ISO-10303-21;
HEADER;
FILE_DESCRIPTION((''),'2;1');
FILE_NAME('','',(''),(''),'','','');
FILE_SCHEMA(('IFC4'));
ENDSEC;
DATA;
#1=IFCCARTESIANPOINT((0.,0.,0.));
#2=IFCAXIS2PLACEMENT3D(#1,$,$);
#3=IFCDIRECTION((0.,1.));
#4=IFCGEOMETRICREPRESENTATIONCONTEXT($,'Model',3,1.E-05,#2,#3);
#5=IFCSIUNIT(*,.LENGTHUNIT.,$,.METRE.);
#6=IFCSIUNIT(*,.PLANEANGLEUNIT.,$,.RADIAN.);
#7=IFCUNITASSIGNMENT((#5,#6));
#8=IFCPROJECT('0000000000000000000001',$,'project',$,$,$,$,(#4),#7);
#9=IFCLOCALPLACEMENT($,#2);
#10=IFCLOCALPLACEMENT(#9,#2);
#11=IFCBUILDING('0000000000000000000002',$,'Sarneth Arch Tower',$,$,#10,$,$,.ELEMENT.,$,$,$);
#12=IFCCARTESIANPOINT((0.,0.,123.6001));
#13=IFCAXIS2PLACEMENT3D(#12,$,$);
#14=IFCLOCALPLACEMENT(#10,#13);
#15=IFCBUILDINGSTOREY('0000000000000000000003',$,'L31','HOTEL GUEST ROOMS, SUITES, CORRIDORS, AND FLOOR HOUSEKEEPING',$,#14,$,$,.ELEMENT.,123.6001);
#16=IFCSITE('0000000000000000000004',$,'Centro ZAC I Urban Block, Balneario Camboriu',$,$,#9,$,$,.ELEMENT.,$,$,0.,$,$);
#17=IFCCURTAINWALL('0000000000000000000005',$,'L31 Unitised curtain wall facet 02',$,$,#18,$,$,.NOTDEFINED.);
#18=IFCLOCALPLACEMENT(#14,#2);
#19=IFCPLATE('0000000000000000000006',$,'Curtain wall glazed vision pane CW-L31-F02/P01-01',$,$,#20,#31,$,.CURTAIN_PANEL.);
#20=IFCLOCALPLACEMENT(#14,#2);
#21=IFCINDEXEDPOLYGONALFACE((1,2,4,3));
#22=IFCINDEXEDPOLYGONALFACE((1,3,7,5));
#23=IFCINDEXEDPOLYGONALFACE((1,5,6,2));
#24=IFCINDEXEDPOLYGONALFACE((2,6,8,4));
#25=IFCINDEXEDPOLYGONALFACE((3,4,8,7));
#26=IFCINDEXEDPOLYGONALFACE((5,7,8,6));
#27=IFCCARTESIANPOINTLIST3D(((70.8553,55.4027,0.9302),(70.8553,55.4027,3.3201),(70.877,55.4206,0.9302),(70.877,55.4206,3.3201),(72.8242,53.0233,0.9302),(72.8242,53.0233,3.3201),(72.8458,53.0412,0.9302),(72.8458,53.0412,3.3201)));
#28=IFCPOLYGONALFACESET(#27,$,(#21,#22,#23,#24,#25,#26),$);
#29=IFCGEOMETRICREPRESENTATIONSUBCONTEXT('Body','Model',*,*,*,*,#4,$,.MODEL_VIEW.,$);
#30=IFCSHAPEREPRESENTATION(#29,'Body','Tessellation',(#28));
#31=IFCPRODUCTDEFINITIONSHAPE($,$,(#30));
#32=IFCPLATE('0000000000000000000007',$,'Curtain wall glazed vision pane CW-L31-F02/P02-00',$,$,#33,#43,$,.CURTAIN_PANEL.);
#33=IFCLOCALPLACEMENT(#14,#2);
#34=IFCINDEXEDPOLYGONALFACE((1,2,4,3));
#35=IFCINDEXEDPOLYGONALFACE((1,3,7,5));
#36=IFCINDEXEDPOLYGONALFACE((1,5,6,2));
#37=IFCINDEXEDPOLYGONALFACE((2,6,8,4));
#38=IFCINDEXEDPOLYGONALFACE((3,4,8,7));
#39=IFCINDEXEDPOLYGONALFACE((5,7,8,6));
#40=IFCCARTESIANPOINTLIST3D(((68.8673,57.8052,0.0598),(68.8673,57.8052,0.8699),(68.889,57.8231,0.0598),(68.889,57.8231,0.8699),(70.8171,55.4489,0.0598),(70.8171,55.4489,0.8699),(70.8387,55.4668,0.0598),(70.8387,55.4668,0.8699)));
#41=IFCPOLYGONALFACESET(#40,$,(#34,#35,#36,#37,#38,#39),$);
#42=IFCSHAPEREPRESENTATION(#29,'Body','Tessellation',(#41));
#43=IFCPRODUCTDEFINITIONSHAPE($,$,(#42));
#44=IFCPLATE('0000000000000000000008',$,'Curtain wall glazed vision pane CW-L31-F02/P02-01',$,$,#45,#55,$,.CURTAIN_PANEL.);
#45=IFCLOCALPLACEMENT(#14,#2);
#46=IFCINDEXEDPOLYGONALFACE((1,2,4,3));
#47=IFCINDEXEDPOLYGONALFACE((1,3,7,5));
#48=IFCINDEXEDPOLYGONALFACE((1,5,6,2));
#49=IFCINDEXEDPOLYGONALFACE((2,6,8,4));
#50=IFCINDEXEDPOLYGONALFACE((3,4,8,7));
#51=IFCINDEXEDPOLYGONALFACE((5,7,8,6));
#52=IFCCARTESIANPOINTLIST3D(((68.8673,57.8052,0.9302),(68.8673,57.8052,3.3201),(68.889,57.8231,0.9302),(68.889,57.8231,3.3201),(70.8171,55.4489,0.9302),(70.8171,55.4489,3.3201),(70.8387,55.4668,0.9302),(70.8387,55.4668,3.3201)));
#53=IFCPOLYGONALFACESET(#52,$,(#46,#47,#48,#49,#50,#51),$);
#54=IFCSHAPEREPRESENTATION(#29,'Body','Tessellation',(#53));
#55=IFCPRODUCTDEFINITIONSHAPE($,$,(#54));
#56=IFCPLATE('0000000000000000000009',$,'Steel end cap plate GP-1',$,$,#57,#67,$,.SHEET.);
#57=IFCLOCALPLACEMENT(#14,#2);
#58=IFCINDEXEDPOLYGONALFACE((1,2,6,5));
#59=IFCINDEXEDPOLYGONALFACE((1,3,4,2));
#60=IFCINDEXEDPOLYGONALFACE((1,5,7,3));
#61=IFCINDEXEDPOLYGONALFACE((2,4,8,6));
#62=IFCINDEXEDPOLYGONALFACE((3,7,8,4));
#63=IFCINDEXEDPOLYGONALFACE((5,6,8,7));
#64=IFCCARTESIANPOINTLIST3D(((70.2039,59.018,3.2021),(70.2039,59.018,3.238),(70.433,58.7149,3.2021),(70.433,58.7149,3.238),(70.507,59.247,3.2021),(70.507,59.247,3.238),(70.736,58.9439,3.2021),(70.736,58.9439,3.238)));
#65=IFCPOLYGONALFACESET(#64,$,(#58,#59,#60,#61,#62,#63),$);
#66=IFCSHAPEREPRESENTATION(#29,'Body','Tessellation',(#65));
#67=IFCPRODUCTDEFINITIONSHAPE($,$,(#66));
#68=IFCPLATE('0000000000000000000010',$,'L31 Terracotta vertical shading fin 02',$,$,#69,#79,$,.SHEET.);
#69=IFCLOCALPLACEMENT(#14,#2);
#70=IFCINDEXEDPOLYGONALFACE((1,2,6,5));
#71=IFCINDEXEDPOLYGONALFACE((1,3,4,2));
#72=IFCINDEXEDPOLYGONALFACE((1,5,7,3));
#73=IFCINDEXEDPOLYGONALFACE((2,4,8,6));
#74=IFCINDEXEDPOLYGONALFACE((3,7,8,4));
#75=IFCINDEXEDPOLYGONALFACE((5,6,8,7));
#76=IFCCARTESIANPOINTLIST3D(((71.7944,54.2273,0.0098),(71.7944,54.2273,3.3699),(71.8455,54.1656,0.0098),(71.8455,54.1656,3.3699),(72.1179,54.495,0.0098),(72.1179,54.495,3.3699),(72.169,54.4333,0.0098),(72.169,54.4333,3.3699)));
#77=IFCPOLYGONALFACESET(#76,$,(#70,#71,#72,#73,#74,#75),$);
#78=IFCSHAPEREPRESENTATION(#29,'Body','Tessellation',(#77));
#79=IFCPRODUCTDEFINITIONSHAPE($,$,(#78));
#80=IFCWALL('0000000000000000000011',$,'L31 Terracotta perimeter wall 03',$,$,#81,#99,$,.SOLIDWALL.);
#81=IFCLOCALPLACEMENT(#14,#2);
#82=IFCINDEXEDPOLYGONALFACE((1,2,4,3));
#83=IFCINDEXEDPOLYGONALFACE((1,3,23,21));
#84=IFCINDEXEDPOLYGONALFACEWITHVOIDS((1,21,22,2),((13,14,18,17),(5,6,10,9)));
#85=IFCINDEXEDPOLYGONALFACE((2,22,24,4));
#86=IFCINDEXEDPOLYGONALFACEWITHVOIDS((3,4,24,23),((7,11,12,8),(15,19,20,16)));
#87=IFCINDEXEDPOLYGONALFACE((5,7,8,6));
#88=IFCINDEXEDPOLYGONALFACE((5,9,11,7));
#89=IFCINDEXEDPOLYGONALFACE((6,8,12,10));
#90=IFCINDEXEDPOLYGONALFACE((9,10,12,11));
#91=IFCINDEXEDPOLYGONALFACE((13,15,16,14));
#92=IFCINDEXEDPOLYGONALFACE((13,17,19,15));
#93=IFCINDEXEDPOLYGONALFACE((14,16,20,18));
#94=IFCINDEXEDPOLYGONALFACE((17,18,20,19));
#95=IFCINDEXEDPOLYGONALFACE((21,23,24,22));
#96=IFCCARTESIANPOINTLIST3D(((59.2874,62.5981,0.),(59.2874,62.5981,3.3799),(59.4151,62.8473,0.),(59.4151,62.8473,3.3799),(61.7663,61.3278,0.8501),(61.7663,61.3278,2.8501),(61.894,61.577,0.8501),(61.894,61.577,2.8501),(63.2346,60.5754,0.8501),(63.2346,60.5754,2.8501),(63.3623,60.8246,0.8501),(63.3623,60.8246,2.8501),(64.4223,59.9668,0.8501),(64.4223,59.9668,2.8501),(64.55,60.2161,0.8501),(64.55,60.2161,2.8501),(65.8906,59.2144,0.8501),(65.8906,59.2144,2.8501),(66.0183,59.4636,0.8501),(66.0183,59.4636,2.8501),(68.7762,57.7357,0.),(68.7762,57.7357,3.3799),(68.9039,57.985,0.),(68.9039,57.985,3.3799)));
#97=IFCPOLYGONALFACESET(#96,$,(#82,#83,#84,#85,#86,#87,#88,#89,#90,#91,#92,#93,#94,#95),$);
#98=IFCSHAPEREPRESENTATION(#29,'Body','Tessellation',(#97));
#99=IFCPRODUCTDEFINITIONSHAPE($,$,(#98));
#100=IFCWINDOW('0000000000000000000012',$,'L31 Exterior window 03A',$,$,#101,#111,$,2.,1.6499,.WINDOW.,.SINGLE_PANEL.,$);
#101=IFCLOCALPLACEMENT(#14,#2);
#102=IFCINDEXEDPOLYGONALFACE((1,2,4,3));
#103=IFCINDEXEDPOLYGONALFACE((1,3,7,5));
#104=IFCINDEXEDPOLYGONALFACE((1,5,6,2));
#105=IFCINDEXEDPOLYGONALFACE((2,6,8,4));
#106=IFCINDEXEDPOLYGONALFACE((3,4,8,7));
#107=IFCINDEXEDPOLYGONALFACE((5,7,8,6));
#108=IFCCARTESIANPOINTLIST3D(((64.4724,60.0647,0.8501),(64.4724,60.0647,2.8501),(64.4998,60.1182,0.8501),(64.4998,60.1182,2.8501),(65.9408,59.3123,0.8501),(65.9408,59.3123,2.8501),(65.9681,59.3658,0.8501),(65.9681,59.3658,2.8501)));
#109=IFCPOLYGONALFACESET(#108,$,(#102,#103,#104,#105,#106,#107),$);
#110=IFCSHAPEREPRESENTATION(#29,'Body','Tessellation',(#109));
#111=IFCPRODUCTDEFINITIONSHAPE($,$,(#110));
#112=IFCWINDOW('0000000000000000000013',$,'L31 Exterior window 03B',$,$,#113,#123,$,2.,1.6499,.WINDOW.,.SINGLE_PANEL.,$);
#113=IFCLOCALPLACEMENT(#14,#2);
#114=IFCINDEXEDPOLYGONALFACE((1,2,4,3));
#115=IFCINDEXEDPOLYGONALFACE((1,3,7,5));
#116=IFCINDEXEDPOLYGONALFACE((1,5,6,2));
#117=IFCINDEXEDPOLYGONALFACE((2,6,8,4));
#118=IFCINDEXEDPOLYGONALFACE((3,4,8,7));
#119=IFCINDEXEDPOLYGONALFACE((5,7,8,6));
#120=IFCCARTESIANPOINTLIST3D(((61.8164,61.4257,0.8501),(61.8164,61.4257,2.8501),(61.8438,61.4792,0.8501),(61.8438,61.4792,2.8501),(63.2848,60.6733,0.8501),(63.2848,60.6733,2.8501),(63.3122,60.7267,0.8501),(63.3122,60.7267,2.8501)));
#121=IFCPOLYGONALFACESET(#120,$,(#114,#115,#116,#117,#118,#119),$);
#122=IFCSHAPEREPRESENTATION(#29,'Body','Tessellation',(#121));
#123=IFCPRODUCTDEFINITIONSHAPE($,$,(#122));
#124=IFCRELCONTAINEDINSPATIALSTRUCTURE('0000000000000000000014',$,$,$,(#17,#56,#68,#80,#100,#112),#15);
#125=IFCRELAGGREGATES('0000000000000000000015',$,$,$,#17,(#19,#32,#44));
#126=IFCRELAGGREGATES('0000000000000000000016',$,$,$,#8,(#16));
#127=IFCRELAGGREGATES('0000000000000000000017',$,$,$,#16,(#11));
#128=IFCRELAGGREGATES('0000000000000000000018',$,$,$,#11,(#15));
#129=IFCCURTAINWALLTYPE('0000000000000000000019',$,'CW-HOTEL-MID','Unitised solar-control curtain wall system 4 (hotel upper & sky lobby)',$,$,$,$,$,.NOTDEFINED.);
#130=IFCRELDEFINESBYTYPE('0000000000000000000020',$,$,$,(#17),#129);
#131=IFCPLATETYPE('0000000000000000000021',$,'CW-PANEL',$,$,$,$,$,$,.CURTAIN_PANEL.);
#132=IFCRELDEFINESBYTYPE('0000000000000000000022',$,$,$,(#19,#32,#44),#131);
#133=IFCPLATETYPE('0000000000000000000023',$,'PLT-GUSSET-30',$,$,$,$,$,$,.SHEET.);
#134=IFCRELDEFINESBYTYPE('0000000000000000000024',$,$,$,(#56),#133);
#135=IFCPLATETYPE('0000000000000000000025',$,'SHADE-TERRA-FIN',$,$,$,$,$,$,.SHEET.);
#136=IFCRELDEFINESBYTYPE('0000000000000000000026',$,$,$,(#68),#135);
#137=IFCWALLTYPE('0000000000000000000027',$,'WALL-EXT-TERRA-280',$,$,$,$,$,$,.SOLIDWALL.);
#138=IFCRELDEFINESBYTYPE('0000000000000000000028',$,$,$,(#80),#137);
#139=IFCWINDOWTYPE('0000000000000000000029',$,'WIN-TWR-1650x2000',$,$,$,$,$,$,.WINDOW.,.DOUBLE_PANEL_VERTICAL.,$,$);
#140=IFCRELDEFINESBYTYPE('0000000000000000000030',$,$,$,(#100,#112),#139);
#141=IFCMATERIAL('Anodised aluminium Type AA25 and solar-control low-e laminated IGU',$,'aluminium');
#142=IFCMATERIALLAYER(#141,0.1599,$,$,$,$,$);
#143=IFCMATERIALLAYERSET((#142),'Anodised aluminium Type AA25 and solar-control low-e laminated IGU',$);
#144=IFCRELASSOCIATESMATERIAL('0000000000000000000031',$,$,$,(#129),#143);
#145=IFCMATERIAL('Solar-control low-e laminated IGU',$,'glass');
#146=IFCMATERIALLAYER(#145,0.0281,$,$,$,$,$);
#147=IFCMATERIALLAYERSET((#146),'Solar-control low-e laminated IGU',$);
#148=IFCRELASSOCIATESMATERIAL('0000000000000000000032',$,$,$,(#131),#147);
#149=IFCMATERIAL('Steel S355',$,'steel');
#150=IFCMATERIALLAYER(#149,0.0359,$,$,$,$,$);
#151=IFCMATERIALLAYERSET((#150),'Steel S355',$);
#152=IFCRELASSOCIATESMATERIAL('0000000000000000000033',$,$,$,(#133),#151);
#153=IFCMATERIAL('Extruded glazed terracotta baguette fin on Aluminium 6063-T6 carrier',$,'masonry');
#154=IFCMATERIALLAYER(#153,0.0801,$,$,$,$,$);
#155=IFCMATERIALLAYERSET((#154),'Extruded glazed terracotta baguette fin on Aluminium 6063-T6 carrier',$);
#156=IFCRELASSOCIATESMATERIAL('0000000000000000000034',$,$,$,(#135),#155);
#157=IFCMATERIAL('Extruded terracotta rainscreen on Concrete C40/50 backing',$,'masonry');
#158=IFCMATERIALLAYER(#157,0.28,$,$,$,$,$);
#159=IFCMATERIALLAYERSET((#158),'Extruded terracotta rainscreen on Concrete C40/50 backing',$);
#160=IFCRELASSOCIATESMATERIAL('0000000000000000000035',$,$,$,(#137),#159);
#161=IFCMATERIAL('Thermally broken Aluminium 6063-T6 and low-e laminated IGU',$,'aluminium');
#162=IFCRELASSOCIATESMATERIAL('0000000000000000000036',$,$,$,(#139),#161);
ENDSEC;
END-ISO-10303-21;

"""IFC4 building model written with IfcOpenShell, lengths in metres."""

from ifc_helpers import new_model, si_unit, direction, frame, frame_2d, origin, origin_2d, place, context, subcontext, project, spatial, rectangle, extrude, material, layer, layer_set, type_object, element, fill, aggregate, save


model = new_model("IFC4")

# Units and contexts
model_context = context("Model", 3, precision=1e-05, world=origin(), true_north=direction((0.0, 1.0)))
body_context = subcontext(model_context, "Body", "Model", "MODEL_VIEW")
ifc_project = project(units=[si_unit("LENGTHUNIT", "METRE"), si_unit("PLANEANGLEUNIT", "RADIAN")], contexts=[model_context])

# Site, building, storey
site_placement = place(None, origin())
site = spatial("IfcSite", under=ifc_project, at=site_placement, Name="Centro ZAC I Urban Block, Balneario Camboriu", CompositionType="ELEMENT", RefElevation=0.0)
building_placement = place(site_placement, origin())
building = spatial("IfcBuilding", under=site, at=building_placement, Name="Sarneth Arch Tower", CompositionType="ELEMENT")
storey_placement = place(building_placement, frame((0.0, 0.0, 123.6001)))
storey = spatial("IfcBuildingStorey", under=building, at=storey_placement, Name="L31", Description="HOTEL GUEST ROOMS, SUITES, CORRIDORS, AND FLOOR HOUSEKEEPING", CompositionType="ELEMENT", Elevation=123.6001)

# Curtain wall
ifc_material_1 = material(Name="Anodised aluminium Type AA25 and solar-control low-e laminated IGU", Category="aluminium")
ifc_layer_1 = layer(ifc_material_1, 0.1599)
ifc_layer_set_1 = layer_set([ifc_layer_1], Name="Anodised aluminium Type AA25 and solar-control low-e laminated IGU")
curtain_wall_type = type_object("IfcCurtainWallType", Name="CW-HOTEL-MID", Description="Unitised solar-control curtain wall system 4 (hotel upper & sky lobby)", PredefinedType="NOTDEFINED", material=ifc_layer_set_1)
curtain_wall_placement = place(storey_placement, origin())
curtain_wall = element("IfcCurtainWall", 1, at=curtain_wall_placement, inside=storey, type_object=curtain_wall_type, Name="L31 Unitised curtain wall facet 02", PredefinedType="NOTDEFINED")

# Plates
ifc_material_2 = material(Name="Solar-control low-e laminated IGU", Category="glass")
ifc_layer_2 = layer(ifc_material_2, 0.0281)
ifc_layer_set_2 = layer_set([ifc_layer_2], Name="Solar-control low-e laminated IGU")
plate_type_1 = type_object("IfcPlateType", Name="CW-PANEL", PredefinedType="CURTAIN_PANEL", material=ifc_layer_set_2)
plate_1_placement = place(storey_placement, frame((71.8506, 54.2219, 0.9302), z_axis=(0.0, 0.0, 1.0), x_axis=(-0.637515, 0.770438, 0.0)))
plate_1 = element("IfcPlate", 2, at=plate_1_placement, type_object=plate_type_1, Name="Curtain wall glazed vision pane CW-L31-F02/P01-01", PredefinedType="CURTAIN_PANEL", context=body_context, shape_type="SweptSolid", body=[
    extrude(rectangle(XDim=3.0884, YDim=0.0281, at=origin_2d()), origin(), (0.0, 0.0, 1.0), 2.3899),
])
plate_2_placement = place(storey_placement, frame((69.853, 56.636, 0.0598), z_axis=(0.0, 0.0, 1.0), x_axis=(-0.637515, 0.770438, 0.0)))
plate_2 = element("IfcPlate", 3, at=plate_2_placement, type_object=plate_type_1, Name="Curtain wall glazed vision pane CW-L31-F02/P02-00", PredefinedType="CURTAIN_PANEL", context=body_context, shape_type="SweptSolid", body=[
    extrude(rectangle(XDim=3.0583, YDim=0.0281, at=origin_2d()), origin(), (0.0, 0.0, 1.0), 0.8101),
])
plate_3_placement = place(storey_placement, frame((69.853, 56.636, 0.9302), z_axis=(0.0, 0.0, 1.0), x_axis=(-0.637515, 0.770438, 0.0)))
plate_3 = element("IfcPlate", 4, at=plate_3_placement, type_object=plate_type_1, Name="Curtain wall glazed vision pane CW-L31-F02/P02-01", PredefinedType="CURTAIN_PANEL", context=body_context, shape_type="SweptSolid", body=[
    extrude(rectangle(XDim=3.0583, YDim=0.0281, at=origin_2d()), origin(), (0.0, 0.0, 1.0), 2.3899),
])
aggregate(curtain_wall, [plate_1, plate_2, plate_3])

# Plates
ifc_material_3 = material(Name="Steel S355", Category="steel")
ifc_layer_3 = layer(ifc_material_3, 0.0359)
ifc_layer_set_3 = layer_set([ifc_layer_3], Name="Steel S355")
plate_type_2 = type_object("IfcPlateType", Name="PLT-GUSSET-30", PredefinedType="SHEET", material=ifc_layer_set_3)
plate_4_placement = place(storey_placement, frame((70.47, 58.981, 3.2021), z_axis=(0.0, 0.0, 1.0), x_axis=(0.797794, 0.60293, 0.0)))
element("IfcPlate", 5, at=plate_4_placement, inside=storey, type_object=plate_type_2, Name="Steel end cap plate GP-1", PredefinedType="SHEET", context=body_context, shape_type="SweptSolid", body=[
    extrude(rectangle(XDim=0.3799, YDim=0.3799, at=origin_2d()), origin(), (0.0, 0.0, 1.0), 0.0359),
])
ifc_material_4 = material(Name="Extruded glazed terracotta baguette fin on Aluminium 6063-T6 carrier", Category="masonry")
ifc_layer_4 = layer(ifc_material_4, 0.0801)
ifc_layer_set_4 = layer_set([ifc_layer_4], Name="Extruded glazed terracotta baguette fin on Aluminium 6063-T6 carrier")
plate_type_3 = type_object("IfcPlateType", Name="SHADE-TERRA-FIN", PredefinedType="SHEET", material=ifc_layer_set_4)
plate_5_placement = place(storey_placement, frame((71.9817, 54.3303, 0.0098), z_axis=(0.0, 0.0, 1.0), x_axis=(0.770402, 0.637558, 0.0)))
element("IfcPlate", 6, at=plate_5_placement, inside=storey, type_object=plate_type_3, Name="L31 Terracotta vertical shading fin 02", PredefinedType="SHEET", context=body_context, shape_type="SweptSolid", body=[
    extrude(rectangle(XDim=0.4199, YDim=0.0801, at=origin_2d()), origin(), (0.0, 0.0, 1.0), 3.3601),
])

# Wall, openings, windows
ifc_material_5 = material(Name="Extruded terracotta rainscreen on Concrete C40/50 backing", Category="masonry")
ifc_layer_5 = layer(ifc_material_5, 0.28)
ifc_layer_set_5 = layer_set([ifc_layer_5], Name="Extruded terracotta rainscreen on Concrete C40/50 backing")
wall_type = type_object("IfcWallType", Name="WALL-EXT-TERRA-280", PredefinedType="SOLIDWALL", material=ifc_layer_set_5)
wall_placement = place(storey_placement, frame((68.8401, 57.8604, 0.0), z_axis=(0.0, 0.0, 1.0), x_axis=(-0.88996, 0.45604, 0.0)))
wall = element("IfcWall", 7, at=wall_placement, inside=storey, type_object=wall_type, Name="L31 Terracotta perimeter wall 03", PredefinedType="SOLIDWALL", context=body_context, shape_type="SweptSolid", body=[
    extrude(rectangle(XDim=10.6621, YDim=0.28, at=frame_2d((5.3311, 0.0))), origin(), (0.0, 0.0, 1.0), 3.3799),
])
opening_1_placement = place(wall_placement, frame((3.2424, 0.0, 0.8501)))
opening_1 = element("IfcOpeningElement", 8, at=opening_1_placement, cuts=wall, PredefinedType="OPENING", context=body_context, shape_type="SweptSolid", body=[
    extrude(rectangle(XDim=1.6499, YDim=2.0, at=frame_2d((0.825, 1.0))), frame((0.0, 0.1499, 0.0), z_axis=(0.0, -1.0, 0.0), x_axis=(1.0, 0.0, 0.0)), (0.0, 0.0, 1.0), 0.3),
])
opening_2_placement = place(wall_placement, frame((6.2268, 0.0, 0.8501)))
opening_2 = element("IfcOpeningElement", 9, at=opening_2_placement, cuts=wall, PredefinedType="OPENING", context=body_context, shape_type="SweptSolid", body=[
    extrude(rectangle(XDim=1.6499, YDim=2.0, at=frame_2d((0.825, 1.0))), frame((0.0, 0.1499, 0.0), z_axis=(0.0, -1.0, 0.0), x_axis=(1.0, 0.0, 0.0)), (0.0, 0.0, 1.0), 0.3),
])
ifc_material_6 = material(Name="Thermally broken Aluminium 6063-T6 and low-e laminated IGU", Category="aluminium")
window_type = type_object("IfcWindowType", Name="WIN-TWR-1650x2000", PartitioningType="DOUBLE_PANEL_VERTICAL", PredefinedType="WINDOW", material=ifc_material_6)
window_1_placement = place(opening_1_placement, origin())
window_1 = element("IfcWindow", 10, at=window_1_placement, inside=storey, type_object=window_type, Name="L31 Exterior window 03A", OverallHeight=2.0, OverallWidth=1.6499, PartitioningType="SINGLE_PANEL", PredefinedType="WINDOW", context=body_context, shape_type="SweptSolid", body=[
    extrude(rectangle(XDim=1.6499, YDim=2.0, at=frame_2d((0.825, 1.0))), frame((0.0, 0.03, 0.0), z_axis=(0.0, -1.0, 0.0), x_axis=(1.0, 0.0, 0.0)), (0.0, 0.0, 1.0), 0.0601),
])
fill(opening_1, window_1)
window_2_placement = place(opening_2_placement, origin())
window_2 = element("IfcWindow", 11, at=window_2_placement, inside=storey, type_object=window_type, Name="L31 Exterior window 03B", OverallHeight=2.0, OverallWidth=1.6499, PartitioningType="SINGLE_PANEL", PredefinedType="WINDOW", context=body_context, shape_type="SweptSolid", body=[
    extrude(rectangle(XDim=1.6499, YDim=2.0, at=frame_2d((0.825, 1.0))), frame((0.0, 0.03, 0.0), z_axis=(0.0, -1.0, 0.0), x_axis=(1.0, 0.0, 0.0)), (0.0, 0.0, 1.0), 0.0601),
])
fill(opening_2, window_2)

save(model, "model.ifc")
